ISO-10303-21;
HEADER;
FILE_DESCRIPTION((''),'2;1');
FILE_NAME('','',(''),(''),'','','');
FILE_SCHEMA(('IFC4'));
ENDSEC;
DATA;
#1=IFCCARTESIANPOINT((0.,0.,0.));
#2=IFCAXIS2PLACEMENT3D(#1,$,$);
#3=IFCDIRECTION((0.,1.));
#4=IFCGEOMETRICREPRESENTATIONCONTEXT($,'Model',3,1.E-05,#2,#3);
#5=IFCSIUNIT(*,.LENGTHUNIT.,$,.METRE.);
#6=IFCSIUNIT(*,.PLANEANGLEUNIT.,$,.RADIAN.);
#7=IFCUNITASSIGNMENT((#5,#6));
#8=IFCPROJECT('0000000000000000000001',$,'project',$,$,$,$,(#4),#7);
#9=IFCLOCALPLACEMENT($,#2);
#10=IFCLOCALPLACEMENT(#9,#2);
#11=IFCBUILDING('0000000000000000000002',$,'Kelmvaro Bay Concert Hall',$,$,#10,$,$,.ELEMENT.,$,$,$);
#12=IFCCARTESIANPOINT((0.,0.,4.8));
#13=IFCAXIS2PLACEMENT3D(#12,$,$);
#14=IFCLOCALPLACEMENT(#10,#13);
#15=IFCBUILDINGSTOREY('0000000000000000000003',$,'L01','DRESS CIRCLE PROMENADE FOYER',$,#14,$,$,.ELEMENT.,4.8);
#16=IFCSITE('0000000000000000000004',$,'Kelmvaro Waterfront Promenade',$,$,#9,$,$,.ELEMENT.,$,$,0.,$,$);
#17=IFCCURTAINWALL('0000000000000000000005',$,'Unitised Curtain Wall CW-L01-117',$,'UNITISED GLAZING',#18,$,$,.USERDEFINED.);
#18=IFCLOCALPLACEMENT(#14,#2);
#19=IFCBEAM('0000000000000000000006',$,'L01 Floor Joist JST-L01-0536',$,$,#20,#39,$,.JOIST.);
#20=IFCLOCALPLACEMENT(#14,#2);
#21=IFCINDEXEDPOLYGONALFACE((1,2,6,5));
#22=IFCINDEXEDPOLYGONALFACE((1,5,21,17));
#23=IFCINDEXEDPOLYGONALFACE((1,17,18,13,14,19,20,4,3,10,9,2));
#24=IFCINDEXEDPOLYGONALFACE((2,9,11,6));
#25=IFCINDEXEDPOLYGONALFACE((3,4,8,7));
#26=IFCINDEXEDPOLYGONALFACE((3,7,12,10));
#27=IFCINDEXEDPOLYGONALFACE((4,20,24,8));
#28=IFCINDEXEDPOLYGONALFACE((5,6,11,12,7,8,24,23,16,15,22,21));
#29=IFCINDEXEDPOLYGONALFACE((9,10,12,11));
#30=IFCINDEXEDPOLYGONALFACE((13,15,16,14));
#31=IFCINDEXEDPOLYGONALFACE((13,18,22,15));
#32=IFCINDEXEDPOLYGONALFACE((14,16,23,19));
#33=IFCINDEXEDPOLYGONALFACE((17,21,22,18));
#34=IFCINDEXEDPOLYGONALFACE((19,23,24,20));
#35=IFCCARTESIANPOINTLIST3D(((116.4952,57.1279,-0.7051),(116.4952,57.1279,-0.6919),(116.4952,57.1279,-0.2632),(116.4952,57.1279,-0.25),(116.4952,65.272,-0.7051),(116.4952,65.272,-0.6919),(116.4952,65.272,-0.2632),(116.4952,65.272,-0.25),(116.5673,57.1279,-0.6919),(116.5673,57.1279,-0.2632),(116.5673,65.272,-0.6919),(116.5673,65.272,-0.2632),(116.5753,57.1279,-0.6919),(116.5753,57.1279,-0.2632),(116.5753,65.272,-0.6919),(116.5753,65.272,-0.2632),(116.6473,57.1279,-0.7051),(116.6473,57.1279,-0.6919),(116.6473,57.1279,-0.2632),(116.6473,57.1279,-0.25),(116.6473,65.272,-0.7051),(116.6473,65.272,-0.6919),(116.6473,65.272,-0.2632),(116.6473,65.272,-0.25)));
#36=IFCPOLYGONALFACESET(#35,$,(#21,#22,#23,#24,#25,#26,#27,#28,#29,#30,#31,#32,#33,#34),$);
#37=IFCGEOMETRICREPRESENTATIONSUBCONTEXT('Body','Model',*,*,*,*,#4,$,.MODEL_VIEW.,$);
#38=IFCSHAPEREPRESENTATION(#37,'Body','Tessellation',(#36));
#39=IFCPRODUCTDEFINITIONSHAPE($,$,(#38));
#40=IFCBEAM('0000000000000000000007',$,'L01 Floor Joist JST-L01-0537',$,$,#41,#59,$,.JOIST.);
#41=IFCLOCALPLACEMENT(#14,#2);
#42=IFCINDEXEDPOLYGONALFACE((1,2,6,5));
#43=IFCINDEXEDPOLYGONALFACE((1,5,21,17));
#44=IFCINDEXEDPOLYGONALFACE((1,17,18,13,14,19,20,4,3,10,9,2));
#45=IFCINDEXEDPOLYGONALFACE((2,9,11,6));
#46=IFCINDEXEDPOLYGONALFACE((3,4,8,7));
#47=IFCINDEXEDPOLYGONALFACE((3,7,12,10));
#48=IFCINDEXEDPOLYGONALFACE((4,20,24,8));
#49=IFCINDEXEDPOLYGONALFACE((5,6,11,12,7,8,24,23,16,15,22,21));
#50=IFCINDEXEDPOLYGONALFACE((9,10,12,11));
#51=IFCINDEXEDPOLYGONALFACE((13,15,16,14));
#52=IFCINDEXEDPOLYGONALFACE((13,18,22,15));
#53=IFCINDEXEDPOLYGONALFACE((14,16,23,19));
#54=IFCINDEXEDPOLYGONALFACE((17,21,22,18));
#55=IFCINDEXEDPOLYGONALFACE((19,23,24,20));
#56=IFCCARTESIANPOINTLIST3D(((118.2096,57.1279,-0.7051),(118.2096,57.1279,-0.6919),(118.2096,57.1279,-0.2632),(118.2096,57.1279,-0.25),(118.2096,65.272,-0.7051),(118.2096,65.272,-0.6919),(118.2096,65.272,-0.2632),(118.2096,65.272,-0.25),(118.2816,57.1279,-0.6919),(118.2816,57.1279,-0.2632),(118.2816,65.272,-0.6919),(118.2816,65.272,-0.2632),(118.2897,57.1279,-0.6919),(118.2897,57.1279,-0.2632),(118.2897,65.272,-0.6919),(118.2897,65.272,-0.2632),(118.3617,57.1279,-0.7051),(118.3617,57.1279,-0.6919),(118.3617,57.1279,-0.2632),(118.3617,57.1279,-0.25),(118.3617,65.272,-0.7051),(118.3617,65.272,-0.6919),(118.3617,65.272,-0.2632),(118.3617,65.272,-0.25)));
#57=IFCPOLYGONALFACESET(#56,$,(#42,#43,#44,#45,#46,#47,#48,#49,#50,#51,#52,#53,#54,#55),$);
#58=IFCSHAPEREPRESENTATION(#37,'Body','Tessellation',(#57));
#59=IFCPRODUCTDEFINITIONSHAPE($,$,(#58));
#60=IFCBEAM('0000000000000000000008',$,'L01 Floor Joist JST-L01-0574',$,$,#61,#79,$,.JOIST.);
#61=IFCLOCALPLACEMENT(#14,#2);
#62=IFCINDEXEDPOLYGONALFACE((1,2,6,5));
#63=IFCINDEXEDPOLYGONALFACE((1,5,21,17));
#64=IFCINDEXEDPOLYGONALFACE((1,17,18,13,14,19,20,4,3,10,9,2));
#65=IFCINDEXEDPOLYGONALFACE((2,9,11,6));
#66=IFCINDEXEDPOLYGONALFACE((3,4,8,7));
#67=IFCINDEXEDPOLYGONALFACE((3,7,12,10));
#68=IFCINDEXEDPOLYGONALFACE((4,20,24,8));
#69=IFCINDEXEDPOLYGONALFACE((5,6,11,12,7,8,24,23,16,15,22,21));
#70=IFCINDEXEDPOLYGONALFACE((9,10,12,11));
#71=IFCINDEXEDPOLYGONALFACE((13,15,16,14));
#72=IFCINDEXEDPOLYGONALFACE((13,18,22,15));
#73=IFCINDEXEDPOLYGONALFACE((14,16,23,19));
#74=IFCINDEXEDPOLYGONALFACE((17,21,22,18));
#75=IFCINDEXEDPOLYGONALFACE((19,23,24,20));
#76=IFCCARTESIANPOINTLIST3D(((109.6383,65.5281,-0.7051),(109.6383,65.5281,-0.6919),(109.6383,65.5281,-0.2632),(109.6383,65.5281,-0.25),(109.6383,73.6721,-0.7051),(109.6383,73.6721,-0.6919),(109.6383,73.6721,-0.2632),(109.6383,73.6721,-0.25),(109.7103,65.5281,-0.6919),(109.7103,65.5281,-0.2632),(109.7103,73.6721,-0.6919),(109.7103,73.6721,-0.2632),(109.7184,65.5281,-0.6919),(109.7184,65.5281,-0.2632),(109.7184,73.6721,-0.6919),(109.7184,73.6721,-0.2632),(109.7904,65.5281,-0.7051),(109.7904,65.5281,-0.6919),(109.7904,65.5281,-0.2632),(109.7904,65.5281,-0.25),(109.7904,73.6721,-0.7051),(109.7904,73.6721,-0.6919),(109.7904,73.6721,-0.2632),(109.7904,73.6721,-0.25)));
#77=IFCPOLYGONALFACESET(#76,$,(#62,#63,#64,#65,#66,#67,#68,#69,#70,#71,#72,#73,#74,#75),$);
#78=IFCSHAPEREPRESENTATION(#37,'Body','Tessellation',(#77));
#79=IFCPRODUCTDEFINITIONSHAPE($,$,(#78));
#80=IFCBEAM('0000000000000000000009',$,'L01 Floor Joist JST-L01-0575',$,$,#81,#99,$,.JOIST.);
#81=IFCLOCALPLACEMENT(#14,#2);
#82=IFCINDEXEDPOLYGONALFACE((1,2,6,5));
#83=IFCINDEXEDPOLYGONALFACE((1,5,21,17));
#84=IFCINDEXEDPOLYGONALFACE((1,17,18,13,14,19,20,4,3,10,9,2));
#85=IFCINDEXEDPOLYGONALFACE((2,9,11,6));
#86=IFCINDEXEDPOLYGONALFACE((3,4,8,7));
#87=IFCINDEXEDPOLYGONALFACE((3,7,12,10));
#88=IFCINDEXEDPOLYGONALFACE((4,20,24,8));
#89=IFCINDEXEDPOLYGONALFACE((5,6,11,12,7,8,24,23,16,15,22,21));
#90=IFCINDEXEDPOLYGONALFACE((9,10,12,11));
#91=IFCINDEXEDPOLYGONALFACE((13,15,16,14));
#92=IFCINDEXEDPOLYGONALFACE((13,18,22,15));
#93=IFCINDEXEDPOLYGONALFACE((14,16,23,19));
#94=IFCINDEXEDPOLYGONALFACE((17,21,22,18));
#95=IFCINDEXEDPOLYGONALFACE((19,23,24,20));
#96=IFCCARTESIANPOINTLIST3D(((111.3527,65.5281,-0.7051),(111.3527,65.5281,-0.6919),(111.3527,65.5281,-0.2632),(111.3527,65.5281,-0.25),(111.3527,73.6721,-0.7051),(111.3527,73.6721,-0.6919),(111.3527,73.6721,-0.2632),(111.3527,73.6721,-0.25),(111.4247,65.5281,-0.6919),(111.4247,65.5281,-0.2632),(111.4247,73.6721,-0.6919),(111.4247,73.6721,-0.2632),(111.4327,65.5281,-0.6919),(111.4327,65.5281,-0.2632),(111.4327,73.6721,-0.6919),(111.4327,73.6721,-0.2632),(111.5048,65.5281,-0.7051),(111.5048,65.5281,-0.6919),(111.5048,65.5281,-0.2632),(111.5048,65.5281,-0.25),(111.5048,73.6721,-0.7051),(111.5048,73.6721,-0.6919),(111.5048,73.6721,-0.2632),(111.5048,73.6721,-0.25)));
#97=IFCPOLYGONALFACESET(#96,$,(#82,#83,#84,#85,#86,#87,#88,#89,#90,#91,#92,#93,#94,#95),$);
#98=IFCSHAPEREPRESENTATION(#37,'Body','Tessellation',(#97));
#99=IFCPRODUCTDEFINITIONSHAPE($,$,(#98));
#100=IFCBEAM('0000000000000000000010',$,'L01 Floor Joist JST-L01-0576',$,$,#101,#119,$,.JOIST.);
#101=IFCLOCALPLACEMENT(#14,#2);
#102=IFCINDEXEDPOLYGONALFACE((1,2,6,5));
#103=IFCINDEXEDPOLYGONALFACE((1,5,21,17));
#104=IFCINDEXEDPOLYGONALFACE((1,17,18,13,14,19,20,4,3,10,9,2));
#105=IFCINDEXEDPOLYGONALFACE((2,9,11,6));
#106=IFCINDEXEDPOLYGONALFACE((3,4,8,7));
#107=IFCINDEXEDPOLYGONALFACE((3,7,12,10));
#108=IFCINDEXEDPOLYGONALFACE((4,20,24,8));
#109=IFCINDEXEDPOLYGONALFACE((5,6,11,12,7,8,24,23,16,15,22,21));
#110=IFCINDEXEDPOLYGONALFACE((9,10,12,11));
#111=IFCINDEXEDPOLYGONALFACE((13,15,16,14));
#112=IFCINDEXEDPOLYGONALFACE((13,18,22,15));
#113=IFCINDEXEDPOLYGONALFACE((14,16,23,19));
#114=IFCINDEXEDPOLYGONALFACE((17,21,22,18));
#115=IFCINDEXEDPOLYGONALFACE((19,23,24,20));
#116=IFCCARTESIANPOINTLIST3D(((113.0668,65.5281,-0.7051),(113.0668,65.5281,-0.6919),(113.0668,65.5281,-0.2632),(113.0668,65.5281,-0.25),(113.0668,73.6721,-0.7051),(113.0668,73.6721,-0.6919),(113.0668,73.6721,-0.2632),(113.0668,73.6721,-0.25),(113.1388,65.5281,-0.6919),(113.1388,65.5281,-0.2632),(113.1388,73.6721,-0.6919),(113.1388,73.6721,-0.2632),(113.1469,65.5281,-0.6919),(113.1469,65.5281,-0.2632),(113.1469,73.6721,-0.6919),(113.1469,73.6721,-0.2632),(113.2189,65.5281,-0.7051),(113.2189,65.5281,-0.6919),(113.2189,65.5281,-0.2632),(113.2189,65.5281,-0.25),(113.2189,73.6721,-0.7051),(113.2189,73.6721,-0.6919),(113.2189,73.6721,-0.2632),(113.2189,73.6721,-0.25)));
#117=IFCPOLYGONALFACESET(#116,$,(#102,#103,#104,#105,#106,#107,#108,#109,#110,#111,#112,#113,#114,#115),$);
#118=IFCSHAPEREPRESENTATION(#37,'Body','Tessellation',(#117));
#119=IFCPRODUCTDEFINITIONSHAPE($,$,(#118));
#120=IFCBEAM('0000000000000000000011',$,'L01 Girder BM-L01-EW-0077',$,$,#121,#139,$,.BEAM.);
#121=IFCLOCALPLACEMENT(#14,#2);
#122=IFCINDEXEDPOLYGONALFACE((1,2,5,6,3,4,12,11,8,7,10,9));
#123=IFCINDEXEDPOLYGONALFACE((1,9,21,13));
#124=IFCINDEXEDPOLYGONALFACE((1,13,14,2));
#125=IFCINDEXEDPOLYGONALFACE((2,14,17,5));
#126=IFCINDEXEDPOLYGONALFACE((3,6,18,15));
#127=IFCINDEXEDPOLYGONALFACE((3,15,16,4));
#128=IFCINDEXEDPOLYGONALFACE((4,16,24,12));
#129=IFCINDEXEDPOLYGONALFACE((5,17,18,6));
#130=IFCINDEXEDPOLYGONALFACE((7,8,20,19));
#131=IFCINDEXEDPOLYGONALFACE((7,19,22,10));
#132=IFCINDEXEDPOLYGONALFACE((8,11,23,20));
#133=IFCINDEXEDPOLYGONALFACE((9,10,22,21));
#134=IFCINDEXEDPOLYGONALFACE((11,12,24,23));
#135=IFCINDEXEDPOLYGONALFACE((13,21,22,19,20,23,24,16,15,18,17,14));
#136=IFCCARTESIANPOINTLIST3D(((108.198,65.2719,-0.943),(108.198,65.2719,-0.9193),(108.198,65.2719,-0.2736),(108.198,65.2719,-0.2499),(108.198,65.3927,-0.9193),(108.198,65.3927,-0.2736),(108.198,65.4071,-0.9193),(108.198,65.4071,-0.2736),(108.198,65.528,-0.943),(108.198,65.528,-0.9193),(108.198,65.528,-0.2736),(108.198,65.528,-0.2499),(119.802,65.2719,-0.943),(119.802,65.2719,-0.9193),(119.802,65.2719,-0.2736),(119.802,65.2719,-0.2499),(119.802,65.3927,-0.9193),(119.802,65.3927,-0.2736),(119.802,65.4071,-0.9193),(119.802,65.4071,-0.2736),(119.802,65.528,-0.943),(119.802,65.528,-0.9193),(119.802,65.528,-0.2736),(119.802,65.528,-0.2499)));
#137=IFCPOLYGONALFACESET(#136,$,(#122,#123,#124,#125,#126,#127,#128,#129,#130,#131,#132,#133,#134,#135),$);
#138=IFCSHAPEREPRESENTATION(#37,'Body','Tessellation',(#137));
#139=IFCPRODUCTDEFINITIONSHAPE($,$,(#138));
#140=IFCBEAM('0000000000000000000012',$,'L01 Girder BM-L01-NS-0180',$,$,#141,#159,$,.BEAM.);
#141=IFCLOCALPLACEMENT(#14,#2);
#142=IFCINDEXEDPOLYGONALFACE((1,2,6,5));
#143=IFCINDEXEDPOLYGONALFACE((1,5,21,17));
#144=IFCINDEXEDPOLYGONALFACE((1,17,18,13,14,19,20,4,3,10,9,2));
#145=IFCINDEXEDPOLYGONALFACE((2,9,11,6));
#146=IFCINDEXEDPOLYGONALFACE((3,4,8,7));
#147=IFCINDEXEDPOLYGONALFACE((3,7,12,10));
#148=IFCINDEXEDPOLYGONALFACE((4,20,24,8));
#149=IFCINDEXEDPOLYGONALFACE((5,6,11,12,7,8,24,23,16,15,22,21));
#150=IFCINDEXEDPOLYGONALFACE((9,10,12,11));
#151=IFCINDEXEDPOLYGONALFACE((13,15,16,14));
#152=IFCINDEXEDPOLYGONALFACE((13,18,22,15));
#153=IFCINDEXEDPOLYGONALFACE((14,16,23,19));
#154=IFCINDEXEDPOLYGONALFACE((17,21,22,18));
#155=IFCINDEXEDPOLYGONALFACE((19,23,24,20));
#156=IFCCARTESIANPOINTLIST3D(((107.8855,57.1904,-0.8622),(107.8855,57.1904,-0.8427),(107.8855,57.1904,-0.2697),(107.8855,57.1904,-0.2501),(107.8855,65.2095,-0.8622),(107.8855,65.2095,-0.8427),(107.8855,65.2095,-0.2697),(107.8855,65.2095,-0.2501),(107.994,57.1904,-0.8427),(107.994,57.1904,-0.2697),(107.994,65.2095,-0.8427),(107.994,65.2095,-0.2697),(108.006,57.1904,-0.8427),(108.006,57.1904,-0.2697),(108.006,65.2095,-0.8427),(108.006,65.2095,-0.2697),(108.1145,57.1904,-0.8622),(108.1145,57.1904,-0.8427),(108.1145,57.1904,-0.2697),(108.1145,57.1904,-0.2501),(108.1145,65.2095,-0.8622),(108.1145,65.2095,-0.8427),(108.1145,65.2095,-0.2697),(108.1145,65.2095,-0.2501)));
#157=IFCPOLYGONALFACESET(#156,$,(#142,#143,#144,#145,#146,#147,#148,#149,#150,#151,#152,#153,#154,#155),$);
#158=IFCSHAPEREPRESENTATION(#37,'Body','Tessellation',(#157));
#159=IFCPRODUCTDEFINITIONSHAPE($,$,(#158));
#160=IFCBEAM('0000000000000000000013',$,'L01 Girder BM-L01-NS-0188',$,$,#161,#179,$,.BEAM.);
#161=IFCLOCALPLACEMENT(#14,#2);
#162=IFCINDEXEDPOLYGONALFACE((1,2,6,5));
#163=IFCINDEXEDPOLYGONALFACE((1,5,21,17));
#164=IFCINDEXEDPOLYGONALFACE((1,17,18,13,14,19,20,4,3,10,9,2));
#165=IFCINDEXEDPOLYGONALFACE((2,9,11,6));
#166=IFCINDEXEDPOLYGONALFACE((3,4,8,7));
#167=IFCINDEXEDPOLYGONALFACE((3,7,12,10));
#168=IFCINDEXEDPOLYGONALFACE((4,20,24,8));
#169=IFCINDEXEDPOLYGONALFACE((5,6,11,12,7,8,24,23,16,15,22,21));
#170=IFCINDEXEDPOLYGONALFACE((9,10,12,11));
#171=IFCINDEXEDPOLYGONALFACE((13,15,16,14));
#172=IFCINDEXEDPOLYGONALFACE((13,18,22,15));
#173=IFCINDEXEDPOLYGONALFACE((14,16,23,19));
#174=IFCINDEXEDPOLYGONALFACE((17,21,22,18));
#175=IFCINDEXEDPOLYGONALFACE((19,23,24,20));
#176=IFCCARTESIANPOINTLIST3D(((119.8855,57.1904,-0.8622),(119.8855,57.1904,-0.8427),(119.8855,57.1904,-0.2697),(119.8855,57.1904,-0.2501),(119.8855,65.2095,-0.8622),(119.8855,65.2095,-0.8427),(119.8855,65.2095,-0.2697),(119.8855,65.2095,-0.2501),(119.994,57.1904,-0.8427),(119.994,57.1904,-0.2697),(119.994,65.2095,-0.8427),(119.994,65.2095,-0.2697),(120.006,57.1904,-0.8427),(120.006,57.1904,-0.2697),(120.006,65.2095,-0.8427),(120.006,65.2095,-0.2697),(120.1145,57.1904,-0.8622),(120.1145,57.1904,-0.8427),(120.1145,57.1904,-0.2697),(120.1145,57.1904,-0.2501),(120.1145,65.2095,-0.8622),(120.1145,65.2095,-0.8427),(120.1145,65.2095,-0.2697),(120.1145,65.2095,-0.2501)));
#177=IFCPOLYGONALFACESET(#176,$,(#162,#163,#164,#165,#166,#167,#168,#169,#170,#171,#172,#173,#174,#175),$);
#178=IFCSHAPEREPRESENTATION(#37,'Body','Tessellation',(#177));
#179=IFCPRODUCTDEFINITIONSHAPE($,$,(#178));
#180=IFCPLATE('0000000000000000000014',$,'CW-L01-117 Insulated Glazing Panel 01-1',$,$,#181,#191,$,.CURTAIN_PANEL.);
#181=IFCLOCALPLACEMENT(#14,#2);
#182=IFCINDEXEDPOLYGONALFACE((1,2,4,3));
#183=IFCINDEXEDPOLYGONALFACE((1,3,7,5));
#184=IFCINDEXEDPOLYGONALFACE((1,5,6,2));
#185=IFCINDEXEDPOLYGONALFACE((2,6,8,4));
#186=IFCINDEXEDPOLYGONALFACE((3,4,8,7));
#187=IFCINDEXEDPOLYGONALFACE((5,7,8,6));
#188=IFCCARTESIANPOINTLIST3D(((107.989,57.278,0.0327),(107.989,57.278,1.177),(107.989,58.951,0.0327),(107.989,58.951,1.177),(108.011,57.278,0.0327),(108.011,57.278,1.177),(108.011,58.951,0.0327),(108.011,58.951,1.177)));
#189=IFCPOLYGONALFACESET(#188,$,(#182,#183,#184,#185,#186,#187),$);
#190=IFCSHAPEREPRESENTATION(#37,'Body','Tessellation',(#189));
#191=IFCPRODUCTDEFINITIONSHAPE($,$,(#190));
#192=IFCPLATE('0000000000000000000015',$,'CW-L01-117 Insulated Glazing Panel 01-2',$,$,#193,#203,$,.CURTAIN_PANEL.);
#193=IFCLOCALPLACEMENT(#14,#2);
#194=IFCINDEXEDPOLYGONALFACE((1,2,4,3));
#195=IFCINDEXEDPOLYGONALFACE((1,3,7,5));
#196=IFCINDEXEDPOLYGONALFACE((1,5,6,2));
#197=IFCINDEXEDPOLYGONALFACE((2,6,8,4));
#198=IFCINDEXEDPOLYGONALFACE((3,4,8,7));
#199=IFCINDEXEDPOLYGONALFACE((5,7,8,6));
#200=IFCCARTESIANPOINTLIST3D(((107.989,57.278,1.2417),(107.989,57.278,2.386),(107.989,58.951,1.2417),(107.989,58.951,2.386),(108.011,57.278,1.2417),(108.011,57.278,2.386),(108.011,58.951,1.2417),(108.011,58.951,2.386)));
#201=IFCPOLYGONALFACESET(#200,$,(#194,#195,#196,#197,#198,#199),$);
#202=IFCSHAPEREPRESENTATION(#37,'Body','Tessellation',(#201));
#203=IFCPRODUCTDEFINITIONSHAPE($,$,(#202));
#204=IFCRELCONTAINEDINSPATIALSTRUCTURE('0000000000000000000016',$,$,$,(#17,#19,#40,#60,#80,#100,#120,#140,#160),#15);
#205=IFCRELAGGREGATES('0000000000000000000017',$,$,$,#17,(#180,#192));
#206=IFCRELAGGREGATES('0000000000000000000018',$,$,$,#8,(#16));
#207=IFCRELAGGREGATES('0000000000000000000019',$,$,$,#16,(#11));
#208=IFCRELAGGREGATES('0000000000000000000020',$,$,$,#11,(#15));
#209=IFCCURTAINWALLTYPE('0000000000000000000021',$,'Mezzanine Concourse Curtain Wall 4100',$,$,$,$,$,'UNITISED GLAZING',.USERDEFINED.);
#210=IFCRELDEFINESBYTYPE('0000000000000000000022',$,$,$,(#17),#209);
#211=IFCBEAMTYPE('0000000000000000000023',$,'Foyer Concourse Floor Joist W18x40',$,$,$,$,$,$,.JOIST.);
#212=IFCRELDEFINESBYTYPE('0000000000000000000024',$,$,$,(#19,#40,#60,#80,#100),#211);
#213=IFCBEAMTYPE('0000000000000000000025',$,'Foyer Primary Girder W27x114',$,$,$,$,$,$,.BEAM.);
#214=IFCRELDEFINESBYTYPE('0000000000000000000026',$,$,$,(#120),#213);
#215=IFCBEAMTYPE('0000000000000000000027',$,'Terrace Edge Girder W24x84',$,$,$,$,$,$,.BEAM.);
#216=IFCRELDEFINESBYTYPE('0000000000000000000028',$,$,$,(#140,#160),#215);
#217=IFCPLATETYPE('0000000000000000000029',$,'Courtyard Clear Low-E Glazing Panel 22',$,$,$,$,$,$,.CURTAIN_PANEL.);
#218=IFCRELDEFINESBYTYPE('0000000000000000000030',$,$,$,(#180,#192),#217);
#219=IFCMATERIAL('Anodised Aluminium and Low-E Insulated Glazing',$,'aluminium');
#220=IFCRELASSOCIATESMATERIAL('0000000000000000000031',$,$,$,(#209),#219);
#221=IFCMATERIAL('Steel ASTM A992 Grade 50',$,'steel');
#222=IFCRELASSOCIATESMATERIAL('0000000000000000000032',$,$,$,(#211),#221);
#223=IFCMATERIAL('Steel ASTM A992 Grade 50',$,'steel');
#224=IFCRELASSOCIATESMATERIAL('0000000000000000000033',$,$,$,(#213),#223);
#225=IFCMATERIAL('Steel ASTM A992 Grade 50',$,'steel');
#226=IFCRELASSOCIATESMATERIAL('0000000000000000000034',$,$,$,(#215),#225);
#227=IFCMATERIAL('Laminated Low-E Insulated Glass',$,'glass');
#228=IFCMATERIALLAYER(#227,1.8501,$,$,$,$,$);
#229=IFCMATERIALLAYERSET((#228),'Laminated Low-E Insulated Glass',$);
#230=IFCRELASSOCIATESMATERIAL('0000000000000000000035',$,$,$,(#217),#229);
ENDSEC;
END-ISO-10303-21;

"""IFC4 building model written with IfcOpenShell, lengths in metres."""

from ifc_helpers import new_model, si_unit, direction, frame, origin, origin_2d, place, context, subcontext, project, spatial, rectangle, i_section, extrude, material, layer, layer_set, material_profile, profile_set, type_object, element, aggregate, save


model = new_model("IFC4")

# Units and contexts
model_context = context("Model", 3, precision=1e-05, world=origin(), true_north=direction((0.0, 1.0)))
body_context = subcontext(model_context, "Body", "Model", "MODEL_VIEW")
ifc_project = project(units=[si_unit("LENGTHUNIT", "METRE"), si_unit("PLANEANGLEUNIT", "RADIAN")], contexts=[model_context])

# Site, building, storey
site_placement = place(None, origin())
site = spatial("IfcSite", under=ifc_project, at=site_placement, Name="Kelmvaro Waterfront Promenade", CompositionType="ELEMENT", RefElevation=0.0)
building_placement = place(site_placement, origin())
building = spatial("IfcBuilding", under=site, at=building_placement, Name="Kelmvaro Bay Concert Hall", CompositionType="ELEMENT")
storey_placement = place(building_placement, frame((0.0, 0.0, 4.8)))
storey = spatial("IfcBuildingStorey", under=building, at=storey_placement, Name="L01", Description="DRESS CIRCLE PROMENADE FOYER", CompositionType="ELEMENT", Elevation=4.8)

# Curtain wall
ifc_material_1 = material(Name="Anodised Aluminium and Low-E Insulated Glazing", Category="aluminium")
curtain_wall_type = type_object("IfcCurtainWallType", Name="Mezzanine Concourse Curtain Wall 4100", ElementType="UNITISED GLAZING", PredefinedType="USERDEFINED", material=ifc_material_1)
curtain_wall_1_placement = place(storey_placement, origin())
curtain_wall_1 = element("IfcCurtainWall", 1, at=curtain_wall_1_placement, inside=storey, type_object=curtain_wall_type, Name="Unitised Curtain Wall CW-L01-117", ObjectType="UNITISED GLAZING", PredefinedType="USERDEFINED")

# Beams
ifc_material_2 = material(Name="Steel ASTM A992 Grade 50", Category="steel")
ifc_material_profile_1 = material_profile(ifc_material_2, i_section(OverallWidth=0.1521, OverallDepth=0.4551, WebThickness=0.0081, FlangeThickness=0.0132, at=origin_2d()), Name="W18X40")
ifc_profile_set_1 = profile_set([ifc_material_profile_1], Name="Steel ASTM A992 Grade 50")
beam_type_1 = type_object("IfcBeamType", Name="Foyer Concourse Floor Joist W18x40", PredefinedType="JOIST", material=ifc_profile_set_1)
for number, where, z_axis, x_axis, name in (
    (2, (116.5713, 57.1279, -0.4775), (0.0, 1.0, 0.0), (-1.0, 0.0, 0.0), "L01 Floor Joist JST-L01-0536"),
    (3, (118.2856, 57.1279, -0.4775), (0.0, 1.0, 0.0), (-1.0, 0.0, 0.0), "L01 Floor Joist JST-L01-0537"),
    (4, (109.7144, 65.5281, -0.4775), (0.0, 1.0, 0.0), (-1.0, 0.0, 0.0), "L01 Floor Joist JST-L01-0574"),
    (5, (111.4287, 65.5281, -0.4775), (0.0, 1.0, 0.0), (-1.0, 0.0, 0.0), "L01 Floor Joist JST-L01-0575"),
    (6, (113.1428, 65.5281, -0.4775), (0.0, 1.0, 0.0), (-1.0, 0.0, 0.0), "L01 Floor Joist JST-L01-0576"),
):
    element("IfcBeam", number, at=place(storey_placement, frame(where, z_axis=z_axis, x_axis=x_axis)), inside=storey, type_object=beam_type_1, Name=name, PredefinedType="JOIST", context=body_context, shape_type="SweptSolid", body=[
        extrude(i_section(OverallWidth=0.1521, OverallDepth=0.4551, WebThickness=0.0081, FlangeThickness=0.0132, at=origin_2d()), origin(), (0.0, 0.0, 1.0), 8.144),
    ])
ifc_material_3 = material(Name="Steel ASTM A992 Grade 50", Category="steel")
ifc_material_profile_2 = material_profile(ifc_material_3, i_section(OverallWidth=0.2561, OverallDepth=0.6931, WebThickness=0.0144, FlangeThickness=0.0237, at=origin_2d()), Name="W27X114")
ifc_profile_set_2 = profile_set([ifc_material_profile_2], Name="Steel ASTM A992 Grade 50")
beam_type_2 = type_object("IfcBeamType", Name="Foyer Primary Girder W27x114", PredefinedType="BEAM", material=ifc_profile_set_2)
beam_placement = place(storey_placement, frame((108.198, 65.3999, -0.5964), z_axis=(1.0, 0.0, 0.0), x_axis=(0.0, 1.0, 0.0)))
element("IfcBeam", 7, at=beam_placement, inside=storey, type_object=beam_type_2, Name="L01 Girder BM-L01-EW-0077", PredefinedType="BEAM", context=body_context, shape_type="SweptSolid", body=[
    extrude(i_section(OverallWidth=0.2561, OverallDepth=0.6931, WebThickness=0.0144, FlangeThickness=0.0237, at=origin_2d()), origin(), (0.0, 0.0, 1.0), 11.604),
])
ifc_material_4 = material(Name="Steel ASTM A992 Grade 50", Category="steel")
ifc_material_profile_3 = material_profile(ifc_material_4, i_section(OverallWidth=0.229, OverallDepth=0.6121, WebThickness=0.012, FlangeThickness=0.0195, at=origin_2d()), Name="W24X84")
ifc_profile_set_3 = profile_set([ifc_material_profile_3], Name="Steel ASTM A992 Grade 50")
beam_type_3 = type_object("IfcBeamType", Name="Terrace Edge Girder W24x84", PredefinedType="BEAM", material=ifc_profile_set_3)
for number, where, z_axis, x_axis, name in (
    (8, (108.0, 57.1904, -0.5562), (0.0, 1.0, 0.0), (-1.0, 0.0, 0.0), "L01 Girder BM-L01-NS-0180"),
    (9, (120.0, 57.1904, -0.5562), (0.0, 1.0, 0.0), (-1.0, 0.0, 0.0), "L01 Girder BM-L01-NS-0188"),
):
    element("IfcBeam", number, at=place(storey_placement, frame(where, z_axis=z_axis, x_axis=x_axis)), inside=storey, type_object=beam_type_3, Name=name, PredefinedType="BEAM", context=body_context, shape_type="SweptSolid", body=[
        extrude(i_section(OverallWidth=0.229, OverallDepth=0.6121, WebThickness=0.012, FlangeThickness=0.0195, at=origin_2d()), origin(), (0.0, 0.0, 1.0), 8.019),
    ])

# Plates
ifc_material_5 = material(Name="Laminated Low-E Insulated Glass", Category="glass")
ifc_layer = layer(ifc_material_5, 1.8501)
ifc_layer_set = layer_set([ifc_layer], Name="Laminated Low-E Insulated Glass")
plate_type = type_object("IfcPlateType", Name="Courtyard Clear Low-E Glazing Panel 22", PredefinedType="CURTAIN_PANEL", material=ifc_layer_set)
plate_1_placement = place(storey_placement, frame((108.0, 58.1145, 0.0327), z_axis=(0.0, 0.0, 1.0), x_axis=(0.0, 1.0, 0.0)))
plate_1 = element("IfcPlate", 10, at=plate_1_placement, type_object=plate_type, Name="CW-L01-117 Insulated Glazing Panel 01-1", PredefinedType="CURTAIN_PANEL", context=body_context, shape_type="SweptSolid", body=[
    extrude(rectangle(XDim=1.6731, YDim=0.022, at=origin_2d()), origin(), (0.0, 0.0, 1.0), 1.1443),
])
plate_2_placement = place(storey_placement, frame((108.0, 58.1145, 1.2417), z_axis=(0.0, 0.0, 1.0), x_axis=(0.0, 1.0, 0.0)))
plate_2 = element("IfcPlate", 11, at=plate_2_placement, type_object=plate_type, Name="CW-L01-117 Insulated Glazing Panel 01-2", PredefinedType="CURTAIN_PANEL", context=body_context, shape_type="SweptSolid", body=[
    extrude(rectangle(XDim=1.6731, YDim=0.022, at=origin_2d()), origin(), (0.0, 0.0, 1.0), 1.1443),
])
aggregate(curtain_wall_1, [plate_1, plate_2])

save(model, "model.ifc")
